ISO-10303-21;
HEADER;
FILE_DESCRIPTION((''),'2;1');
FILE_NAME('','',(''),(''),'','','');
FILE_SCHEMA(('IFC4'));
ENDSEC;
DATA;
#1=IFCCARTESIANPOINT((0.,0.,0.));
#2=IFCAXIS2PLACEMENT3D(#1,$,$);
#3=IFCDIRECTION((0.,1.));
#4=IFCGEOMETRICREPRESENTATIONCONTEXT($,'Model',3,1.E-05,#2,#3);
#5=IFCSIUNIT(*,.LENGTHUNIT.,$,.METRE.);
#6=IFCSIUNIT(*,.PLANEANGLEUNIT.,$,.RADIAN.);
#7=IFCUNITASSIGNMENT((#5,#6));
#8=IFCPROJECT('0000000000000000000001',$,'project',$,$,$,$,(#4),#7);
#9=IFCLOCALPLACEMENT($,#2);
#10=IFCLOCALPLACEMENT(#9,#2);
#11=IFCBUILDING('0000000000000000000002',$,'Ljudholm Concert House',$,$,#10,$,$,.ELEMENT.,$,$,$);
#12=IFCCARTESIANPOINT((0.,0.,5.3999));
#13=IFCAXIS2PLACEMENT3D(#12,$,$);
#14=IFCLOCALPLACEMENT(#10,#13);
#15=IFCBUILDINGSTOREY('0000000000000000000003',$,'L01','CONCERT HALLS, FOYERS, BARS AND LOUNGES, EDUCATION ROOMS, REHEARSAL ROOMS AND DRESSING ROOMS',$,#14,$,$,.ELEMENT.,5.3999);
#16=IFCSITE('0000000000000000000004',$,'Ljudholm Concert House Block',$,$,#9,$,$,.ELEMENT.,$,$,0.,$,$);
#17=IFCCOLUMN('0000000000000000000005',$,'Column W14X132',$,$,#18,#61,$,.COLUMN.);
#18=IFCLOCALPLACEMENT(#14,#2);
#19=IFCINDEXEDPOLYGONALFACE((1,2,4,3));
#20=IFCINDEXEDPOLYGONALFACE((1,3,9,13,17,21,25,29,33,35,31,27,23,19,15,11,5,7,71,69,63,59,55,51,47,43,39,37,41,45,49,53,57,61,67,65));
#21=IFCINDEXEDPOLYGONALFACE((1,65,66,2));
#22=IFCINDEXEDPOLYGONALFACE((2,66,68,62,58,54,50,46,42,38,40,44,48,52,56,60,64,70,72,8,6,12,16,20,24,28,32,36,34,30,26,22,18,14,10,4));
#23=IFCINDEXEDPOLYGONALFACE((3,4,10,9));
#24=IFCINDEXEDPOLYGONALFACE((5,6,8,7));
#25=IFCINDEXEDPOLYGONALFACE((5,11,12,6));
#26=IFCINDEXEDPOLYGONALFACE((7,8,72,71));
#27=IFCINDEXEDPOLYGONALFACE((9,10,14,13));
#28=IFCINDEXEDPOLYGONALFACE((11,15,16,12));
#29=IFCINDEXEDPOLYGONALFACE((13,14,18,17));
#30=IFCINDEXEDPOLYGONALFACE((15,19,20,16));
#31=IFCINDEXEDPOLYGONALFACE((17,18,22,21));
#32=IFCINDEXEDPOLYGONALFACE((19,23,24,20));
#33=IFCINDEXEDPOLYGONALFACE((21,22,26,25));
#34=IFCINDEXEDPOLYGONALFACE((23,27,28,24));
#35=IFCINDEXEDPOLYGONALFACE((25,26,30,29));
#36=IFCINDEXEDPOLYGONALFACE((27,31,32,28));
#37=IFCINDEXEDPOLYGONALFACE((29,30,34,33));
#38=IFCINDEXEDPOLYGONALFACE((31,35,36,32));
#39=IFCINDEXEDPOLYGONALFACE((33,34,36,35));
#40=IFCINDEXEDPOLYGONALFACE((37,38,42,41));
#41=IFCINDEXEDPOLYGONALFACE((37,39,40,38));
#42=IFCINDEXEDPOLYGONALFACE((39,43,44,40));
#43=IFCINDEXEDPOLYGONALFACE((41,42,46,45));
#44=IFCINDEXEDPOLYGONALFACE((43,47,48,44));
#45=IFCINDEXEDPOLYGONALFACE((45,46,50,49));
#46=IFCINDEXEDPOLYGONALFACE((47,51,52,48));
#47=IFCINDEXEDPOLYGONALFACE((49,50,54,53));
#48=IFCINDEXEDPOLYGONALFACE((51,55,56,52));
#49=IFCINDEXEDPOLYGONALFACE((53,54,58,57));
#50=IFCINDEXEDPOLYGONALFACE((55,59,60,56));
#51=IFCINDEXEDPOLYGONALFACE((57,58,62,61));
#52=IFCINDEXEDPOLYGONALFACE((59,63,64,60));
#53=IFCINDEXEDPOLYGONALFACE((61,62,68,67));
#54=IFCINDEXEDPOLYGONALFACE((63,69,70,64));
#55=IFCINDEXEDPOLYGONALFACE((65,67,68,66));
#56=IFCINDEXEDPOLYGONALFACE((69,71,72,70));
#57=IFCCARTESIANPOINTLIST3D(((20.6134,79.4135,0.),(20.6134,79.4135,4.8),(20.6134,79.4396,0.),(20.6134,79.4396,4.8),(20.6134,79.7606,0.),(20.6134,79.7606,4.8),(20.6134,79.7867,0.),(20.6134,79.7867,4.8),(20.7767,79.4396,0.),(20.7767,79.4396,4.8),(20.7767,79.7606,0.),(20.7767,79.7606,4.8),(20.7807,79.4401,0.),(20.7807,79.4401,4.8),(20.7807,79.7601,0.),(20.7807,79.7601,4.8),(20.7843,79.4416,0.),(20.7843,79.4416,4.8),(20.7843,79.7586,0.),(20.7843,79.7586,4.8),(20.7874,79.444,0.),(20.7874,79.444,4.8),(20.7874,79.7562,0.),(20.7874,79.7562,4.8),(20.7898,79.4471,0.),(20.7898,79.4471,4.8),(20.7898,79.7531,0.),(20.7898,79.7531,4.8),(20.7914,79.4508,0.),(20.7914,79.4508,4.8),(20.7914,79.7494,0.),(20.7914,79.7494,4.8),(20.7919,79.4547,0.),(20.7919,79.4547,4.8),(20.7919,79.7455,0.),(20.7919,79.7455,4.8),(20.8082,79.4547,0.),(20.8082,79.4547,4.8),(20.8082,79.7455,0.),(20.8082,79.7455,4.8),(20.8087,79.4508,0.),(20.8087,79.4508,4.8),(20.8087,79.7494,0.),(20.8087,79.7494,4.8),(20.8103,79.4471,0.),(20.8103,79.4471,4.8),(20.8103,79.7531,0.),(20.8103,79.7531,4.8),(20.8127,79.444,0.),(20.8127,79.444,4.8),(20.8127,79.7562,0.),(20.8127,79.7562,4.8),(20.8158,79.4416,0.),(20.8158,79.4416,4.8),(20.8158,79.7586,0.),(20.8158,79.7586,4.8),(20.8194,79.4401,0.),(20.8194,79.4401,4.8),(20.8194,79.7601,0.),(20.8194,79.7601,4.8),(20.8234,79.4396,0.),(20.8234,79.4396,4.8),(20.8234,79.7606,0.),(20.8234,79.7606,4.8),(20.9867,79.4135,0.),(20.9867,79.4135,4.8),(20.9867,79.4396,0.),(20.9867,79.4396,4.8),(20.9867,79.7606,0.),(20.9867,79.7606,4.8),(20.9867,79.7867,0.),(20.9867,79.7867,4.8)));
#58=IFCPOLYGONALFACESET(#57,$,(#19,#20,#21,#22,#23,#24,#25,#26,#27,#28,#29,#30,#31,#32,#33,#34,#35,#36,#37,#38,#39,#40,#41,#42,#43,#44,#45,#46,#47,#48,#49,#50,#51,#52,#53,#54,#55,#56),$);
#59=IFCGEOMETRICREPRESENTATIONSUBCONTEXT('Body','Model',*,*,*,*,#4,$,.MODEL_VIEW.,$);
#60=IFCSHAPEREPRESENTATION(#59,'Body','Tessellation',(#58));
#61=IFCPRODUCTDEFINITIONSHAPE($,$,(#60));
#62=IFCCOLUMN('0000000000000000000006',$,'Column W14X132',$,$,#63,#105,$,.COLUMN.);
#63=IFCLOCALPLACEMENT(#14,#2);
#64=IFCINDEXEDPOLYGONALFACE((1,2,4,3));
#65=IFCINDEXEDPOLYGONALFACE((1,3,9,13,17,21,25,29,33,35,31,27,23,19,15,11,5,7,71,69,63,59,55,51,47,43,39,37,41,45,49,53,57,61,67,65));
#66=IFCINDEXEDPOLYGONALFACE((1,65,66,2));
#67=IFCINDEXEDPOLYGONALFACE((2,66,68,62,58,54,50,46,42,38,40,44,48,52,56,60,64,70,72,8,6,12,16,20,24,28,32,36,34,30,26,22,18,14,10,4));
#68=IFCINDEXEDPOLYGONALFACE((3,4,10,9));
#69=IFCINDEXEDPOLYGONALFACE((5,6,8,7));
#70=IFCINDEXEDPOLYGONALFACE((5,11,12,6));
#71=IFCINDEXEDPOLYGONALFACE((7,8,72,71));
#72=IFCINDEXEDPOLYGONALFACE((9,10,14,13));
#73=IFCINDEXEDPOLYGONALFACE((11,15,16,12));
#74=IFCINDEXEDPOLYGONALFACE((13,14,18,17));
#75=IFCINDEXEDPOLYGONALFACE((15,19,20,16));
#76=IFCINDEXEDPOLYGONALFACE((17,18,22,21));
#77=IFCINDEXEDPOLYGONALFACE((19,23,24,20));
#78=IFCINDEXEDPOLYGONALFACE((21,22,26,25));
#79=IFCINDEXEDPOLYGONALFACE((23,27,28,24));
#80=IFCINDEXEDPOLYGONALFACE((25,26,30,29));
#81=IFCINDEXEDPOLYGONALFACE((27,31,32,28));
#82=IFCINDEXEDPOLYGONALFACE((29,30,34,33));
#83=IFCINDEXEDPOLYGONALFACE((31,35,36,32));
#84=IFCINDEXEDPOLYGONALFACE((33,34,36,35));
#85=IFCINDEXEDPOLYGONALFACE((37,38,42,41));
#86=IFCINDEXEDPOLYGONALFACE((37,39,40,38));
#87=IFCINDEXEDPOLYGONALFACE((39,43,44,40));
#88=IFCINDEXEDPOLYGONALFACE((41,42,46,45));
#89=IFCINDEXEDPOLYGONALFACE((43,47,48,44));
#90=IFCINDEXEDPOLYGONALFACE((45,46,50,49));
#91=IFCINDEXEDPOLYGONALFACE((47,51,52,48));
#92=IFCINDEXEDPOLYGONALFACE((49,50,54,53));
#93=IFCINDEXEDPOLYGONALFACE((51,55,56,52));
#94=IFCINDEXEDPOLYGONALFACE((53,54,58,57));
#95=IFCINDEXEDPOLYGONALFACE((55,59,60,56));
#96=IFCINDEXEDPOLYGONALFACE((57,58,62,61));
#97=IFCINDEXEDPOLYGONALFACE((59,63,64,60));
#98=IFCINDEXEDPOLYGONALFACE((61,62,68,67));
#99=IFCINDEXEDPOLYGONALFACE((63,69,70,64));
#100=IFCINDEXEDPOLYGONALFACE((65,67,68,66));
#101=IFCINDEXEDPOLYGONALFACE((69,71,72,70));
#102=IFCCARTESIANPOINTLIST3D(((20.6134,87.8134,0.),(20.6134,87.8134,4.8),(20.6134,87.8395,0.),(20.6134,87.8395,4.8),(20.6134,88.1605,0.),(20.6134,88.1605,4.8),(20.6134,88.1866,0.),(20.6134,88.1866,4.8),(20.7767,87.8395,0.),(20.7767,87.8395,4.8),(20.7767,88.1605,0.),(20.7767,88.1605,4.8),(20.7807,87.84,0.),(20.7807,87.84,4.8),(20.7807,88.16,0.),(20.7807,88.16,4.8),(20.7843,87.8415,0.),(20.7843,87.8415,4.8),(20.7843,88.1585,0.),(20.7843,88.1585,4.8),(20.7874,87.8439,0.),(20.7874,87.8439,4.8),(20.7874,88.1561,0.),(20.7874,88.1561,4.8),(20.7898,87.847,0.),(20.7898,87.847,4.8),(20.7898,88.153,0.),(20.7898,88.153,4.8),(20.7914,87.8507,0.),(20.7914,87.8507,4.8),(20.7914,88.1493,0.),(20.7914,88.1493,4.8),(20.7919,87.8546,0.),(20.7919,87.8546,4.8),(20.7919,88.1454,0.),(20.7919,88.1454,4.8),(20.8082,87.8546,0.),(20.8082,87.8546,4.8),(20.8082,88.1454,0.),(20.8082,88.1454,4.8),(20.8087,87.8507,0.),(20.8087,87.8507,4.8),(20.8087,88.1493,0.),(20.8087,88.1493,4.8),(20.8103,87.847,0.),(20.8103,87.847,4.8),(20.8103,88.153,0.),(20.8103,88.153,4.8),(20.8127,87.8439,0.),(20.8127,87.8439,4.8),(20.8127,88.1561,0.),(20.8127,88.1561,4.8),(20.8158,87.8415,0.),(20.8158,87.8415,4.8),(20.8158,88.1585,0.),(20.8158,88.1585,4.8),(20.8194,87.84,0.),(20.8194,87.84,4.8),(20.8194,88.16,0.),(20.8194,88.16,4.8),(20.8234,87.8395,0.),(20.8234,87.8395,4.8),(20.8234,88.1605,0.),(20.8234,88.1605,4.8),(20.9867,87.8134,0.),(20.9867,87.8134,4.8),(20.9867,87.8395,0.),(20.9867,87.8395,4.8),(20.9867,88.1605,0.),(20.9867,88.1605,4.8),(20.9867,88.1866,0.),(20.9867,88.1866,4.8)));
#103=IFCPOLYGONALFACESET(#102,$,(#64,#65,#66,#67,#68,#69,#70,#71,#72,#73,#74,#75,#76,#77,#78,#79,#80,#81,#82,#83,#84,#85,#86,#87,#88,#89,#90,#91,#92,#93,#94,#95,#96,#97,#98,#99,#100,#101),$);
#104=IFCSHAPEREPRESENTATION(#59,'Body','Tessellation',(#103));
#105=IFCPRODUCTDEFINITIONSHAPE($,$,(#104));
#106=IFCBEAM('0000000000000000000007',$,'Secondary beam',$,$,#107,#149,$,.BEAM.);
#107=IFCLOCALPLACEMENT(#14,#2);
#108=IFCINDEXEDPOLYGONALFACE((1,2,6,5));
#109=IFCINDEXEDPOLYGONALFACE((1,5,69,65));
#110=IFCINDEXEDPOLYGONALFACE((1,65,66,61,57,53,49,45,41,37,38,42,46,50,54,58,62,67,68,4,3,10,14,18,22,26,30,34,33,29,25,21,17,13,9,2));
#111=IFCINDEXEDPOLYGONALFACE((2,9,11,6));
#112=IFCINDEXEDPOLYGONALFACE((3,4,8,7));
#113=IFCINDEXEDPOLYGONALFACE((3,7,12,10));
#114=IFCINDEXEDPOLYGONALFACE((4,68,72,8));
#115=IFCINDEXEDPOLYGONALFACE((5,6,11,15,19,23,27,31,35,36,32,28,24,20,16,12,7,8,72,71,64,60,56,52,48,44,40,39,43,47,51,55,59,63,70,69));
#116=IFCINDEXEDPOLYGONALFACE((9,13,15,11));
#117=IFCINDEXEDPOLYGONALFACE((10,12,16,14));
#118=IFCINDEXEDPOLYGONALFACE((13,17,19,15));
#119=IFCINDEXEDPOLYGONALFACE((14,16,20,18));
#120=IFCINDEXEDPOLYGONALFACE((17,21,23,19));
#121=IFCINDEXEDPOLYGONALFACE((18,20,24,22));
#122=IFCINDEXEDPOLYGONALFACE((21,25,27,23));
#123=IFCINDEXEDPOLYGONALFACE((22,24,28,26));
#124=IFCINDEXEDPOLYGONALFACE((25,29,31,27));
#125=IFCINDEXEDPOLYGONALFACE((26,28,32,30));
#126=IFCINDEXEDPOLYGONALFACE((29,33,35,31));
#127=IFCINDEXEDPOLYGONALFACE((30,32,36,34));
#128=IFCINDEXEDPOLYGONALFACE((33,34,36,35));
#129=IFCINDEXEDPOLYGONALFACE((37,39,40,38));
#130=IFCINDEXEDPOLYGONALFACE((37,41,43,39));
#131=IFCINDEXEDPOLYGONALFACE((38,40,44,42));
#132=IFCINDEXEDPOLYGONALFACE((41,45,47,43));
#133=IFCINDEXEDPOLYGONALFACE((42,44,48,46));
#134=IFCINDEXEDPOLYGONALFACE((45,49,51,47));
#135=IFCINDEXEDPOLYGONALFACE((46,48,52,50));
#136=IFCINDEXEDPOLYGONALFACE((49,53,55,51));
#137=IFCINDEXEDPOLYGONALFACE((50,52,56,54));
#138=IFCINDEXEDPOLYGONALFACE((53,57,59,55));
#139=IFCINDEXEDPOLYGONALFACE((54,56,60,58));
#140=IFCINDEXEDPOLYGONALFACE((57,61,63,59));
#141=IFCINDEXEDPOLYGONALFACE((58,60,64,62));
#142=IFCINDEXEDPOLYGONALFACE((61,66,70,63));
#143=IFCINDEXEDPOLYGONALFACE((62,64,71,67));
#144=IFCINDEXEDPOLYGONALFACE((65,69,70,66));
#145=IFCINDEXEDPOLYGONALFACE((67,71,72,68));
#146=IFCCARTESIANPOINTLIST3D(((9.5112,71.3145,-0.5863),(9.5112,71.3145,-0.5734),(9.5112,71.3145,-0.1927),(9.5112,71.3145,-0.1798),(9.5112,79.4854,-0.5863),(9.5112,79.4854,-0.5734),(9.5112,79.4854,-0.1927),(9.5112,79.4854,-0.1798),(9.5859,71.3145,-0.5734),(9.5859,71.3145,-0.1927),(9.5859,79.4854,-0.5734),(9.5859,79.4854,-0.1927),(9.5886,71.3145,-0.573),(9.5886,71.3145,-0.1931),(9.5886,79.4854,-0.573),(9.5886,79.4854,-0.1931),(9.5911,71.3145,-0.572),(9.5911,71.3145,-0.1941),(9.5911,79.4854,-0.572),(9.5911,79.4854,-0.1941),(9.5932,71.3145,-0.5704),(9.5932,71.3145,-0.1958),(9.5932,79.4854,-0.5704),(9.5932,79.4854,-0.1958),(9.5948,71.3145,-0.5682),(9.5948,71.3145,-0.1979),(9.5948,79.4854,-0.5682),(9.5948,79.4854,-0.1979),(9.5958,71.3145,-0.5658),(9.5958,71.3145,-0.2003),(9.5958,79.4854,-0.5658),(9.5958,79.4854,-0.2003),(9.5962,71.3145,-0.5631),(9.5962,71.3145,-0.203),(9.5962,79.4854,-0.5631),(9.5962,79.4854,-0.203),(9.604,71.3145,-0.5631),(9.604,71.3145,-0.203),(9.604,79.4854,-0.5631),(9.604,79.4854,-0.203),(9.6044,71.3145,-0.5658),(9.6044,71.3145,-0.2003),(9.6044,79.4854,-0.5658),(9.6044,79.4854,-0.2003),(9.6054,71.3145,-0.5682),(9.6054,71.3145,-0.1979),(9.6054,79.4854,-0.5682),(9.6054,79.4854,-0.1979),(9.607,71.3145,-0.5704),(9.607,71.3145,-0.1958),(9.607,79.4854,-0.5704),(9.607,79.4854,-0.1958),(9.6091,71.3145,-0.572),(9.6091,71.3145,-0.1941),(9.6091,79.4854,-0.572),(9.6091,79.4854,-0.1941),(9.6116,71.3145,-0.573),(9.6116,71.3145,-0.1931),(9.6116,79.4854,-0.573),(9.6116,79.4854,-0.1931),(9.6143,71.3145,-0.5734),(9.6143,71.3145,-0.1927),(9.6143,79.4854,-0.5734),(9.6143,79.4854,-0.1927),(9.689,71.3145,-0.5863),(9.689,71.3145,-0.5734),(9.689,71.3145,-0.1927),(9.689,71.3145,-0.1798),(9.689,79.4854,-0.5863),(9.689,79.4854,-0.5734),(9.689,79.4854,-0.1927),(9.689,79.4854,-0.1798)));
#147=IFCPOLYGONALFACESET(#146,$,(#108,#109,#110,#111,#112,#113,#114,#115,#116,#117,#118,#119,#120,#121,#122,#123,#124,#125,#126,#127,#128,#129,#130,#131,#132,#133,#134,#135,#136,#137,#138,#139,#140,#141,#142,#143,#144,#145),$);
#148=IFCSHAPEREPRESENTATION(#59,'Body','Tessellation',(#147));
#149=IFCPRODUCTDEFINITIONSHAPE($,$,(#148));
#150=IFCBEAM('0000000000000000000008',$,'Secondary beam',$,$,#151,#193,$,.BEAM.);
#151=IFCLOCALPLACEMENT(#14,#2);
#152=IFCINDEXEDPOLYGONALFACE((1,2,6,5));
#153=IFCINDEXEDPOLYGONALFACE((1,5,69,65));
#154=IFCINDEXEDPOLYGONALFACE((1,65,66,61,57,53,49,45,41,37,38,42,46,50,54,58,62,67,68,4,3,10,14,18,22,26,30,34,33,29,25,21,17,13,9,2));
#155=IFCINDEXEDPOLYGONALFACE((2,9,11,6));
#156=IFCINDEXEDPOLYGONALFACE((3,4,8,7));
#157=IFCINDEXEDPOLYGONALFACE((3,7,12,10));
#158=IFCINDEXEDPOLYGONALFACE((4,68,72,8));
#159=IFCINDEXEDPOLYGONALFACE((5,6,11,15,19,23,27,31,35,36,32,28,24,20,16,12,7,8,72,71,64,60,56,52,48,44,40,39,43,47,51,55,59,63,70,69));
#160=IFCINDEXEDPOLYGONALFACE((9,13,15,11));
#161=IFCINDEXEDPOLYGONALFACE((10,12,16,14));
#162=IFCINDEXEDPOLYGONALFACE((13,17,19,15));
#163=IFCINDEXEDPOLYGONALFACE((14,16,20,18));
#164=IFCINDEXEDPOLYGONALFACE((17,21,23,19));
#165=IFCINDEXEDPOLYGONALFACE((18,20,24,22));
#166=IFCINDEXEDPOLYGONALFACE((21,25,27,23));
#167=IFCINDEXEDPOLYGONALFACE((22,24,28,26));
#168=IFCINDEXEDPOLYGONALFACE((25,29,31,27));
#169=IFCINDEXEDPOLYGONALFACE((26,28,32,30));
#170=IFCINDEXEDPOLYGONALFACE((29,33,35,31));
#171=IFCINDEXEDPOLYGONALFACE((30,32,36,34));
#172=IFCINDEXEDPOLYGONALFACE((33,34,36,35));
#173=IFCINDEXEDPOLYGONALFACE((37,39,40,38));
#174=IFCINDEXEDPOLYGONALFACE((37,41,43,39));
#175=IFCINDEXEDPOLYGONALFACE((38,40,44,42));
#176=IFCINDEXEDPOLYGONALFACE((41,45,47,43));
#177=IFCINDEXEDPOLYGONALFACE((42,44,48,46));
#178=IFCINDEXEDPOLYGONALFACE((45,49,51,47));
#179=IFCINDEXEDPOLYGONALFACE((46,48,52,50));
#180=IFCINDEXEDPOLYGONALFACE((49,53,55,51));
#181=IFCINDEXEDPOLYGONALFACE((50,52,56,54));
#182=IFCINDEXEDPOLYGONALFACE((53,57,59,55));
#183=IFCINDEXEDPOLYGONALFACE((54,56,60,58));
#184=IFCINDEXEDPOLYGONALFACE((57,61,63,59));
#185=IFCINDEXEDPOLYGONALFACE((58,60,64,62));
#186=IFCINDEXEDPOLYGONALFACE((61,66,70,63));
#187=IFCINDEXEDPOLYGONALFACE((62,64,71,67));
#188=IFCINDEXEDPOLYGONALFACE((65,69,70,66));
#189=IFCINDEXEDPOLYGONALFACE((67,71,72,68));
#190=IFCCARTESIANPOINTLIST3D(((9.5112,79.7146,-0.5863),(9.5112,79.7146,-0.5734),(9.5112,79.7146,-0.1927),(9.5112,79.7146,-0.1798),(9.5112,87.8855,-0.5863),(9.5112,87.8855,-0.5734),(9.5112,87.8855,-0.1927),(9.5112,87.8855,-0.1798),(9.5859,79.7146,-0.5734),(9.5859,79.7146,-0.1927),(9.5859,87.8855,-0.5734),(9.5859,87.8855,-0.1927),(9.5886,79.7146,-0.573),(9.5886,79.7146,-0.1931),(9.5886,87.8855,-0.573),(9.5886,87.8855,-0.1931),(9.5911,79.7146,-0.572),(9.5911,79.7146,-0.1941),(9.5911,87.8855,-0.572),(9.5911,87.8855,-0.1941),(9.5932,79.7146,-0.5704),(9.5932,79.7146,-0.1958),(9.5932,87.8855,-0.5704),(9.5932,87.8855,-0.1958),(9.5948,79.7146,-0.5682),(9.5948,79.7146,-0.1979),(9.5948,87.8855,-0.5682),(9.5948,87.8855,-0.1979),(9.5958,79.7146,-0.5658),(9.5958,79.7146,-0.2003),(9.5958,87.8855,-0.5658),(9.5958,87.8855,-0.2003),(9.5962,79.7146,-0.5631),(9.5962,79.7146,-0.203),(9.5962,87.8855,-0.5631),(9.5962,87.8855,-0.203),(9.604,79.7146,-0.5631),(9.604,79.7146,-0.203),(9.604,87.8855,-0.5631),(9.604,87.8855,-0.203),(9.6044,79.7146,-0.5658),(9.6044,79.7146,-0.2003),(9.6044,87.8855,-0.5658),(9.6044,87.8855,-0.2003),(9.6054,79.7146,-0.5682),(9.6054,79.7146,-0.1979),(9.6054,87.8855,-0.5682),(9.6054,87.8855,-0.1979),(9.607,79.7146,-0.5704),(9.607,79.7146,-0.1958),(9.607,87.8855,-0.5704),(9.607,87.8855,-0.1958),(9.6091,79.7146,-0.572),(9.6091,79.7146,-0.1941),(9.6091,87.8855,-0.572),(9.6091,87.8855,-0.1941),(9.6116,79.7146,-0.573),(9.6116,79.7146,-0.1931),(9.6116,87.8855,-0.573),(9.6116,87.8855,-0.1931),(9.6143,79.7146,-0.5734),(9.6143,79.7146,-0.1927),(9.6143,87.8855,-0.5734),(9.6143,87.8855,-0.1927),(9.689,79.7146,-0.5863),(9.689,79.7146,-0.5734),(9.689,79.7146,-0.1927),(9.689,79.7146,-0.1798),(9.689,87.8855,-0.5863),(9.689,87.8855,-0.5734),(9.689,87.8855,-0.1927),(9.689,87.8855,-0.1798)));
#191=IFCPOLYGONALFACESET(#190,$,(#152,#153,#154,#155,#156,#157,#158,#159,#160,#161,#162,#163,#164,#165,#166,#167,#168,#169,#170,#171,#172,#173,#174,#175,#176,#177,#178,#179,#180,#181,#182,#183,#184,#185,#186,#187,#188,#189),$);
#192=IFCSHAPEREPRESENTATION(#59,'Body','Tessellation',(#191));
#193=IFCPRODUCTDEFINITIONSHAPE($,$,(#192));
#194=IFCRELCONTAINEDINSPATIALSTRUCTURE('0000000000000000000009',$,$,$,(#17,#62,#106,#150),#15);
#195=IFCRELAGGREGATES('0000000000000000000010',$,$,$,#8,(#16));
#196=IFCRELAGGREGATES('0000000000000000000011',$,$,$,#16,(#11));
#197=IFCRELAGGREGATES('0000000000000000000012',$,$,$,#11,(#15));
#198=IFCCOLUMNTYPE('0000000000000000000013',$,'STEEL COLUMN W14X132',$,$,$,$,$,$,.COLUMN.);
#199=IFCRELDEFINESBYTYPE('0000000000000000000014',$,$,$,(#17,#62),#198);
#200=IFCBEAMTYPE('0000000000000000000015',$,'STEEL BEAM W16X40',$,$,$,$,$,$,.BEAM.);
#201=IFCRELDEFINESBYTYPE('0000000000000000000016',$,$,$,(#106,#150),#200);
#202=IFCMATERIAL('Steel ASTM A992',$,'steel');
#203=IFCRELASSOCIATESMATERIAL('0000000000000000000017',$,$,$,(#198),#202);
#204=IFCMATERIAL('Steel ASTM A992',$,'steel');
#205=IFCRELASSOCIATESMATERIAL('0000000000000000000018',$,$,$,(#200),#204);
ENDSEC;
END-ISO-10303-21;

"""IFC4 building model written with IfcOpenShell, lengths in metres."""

from ifc_helpers import new_model, si_unit, direction, frame, origin, origin_2d, place, context, subcontext, project, spatial, i_section, extrude, material, material_profile, profile_set, type_object, element, save


model = new_model("IFC4")

# Units and contexts
model_context = context("Model", 3, precision=1e-05, world=origin(), true_north=direction((0.0, 1.0)))
body_context = subcontext(model_context, "Body", "Model", "MODEL_VIEW")
ifc_project = project(units=[si_unit("LENGTHUNIT", "METRE"), si_unit("PLANEANGLEUNIT", "RADIAN")], contexts=[model_context])

# Site, building, storey
site_placement = place(None, origin())
site = spatial("IfcSite", under=ifc_project, at=site_placement, Name="Ljudholm Concert House Block", CompositionType="ELEMENT", RefElevation=0.0)
building_placement = place(site_placement, origin())
building = spatial("IfcBuilding", under=site, at=building_placement, Name="Ljudholm Concert House", CompositionType="ELEMENT")
storey_placement = place(building_placement, frame((0.0, 0.0, 5.3999)))
storey = spatial("IfcBuildingStorey", under=building, at=storey_placement, Name="L01", Description="CONCERT HALLS, FOYERS, BARS AND LOUNGES, EDUCATION ROOMS, REHEARSAL ROOMS AND DRESSING ROOMS", CompositionType="ELEMENT", Elevation=5.3999)

# Columns
ifc_material_1 = material(Name="Steel ASTM A992", Category="steel")
ifc_material_profile_1 = material_profile(ifc_material_1, i_section(OverallWidth=0.3733, OverallDepth=0.3733, WebThickness=0.0164, FlangeThickness=0.0261, FilletRadius=0.0151, at=origin_2d()), Name="W14X132")
ifc_profile_set_1 = profile_set([ifc_material_profile_1], Name="Steel ASTM A992")
column_type = type_object("IfcColumnType", Name="STEEL COLUMN W14X132", PredefinedType="COLUMN", material=ifc_profile_set_1)
for number, where, z_axis, x_axis, name in (
    (1, (20.8, 79.6001, 0.0), (0.0, 0.0, 1.0), (1.0, 0.0, 0.0), "Column W14X132"),
    (2, (20.8, 88.0, 0.0), (0.0, 0.0, 1.0), (1.0, 0.0, 0.0), "Column W14X132"),
):
    element("IfcColumn", number, at=place(storey_placement, frame(where, z_axis=z_axis, x_axis=x_axis)), inside=storey, type_object=column_type, Name=name, PredefinedType="COLUMN", context=body_context, shape_type="SweptSolid", body=[
        extrude(i_section(OverallWidth=0.3733, OverallDepth=0.3733, WebThickness=0.0164, FlangeThickness=0.0261, FilletRadius=0.0151, at=origin_2d()), origin(), (0.0, 0.0, 1.0), 4.8),
    ])

# Beams
ifc_material_2 = material(Name="Steel ASTM A992", Category="steel")
ifc_material_profile_2 = material_profile(ifc_material_2, i_section(OverallWidth=0.1777, OverallDepth=0.4065, WebThickness=0.0078, FlangeThickness=0.0129, FilletRadius=0.0103, at=origin_2d()), Name="W16X40")
ifc_profile_set_2 = profile_set([ifc_material_profile_2], Name="Steel ASTM A992")
beam_type_1 = type_object("IfcBeamType", Name="STEEL BEAM W16X40", PredefinedType="BEAM", material=ifc_profile_set_2)
for number, where, z_axis, x_axis, name in (
    (3, (9.6001, 71.3145, -0.3831), (0.0, 1.0, 0.0), (-1.0, 0.0, 0.0), "Secondary beam"),
    (4, (9.6001, 79.7146, -0.3831), (0.0, 1.0, 0.0), (-1.0, 0.0, 0.0), "Secondary beam"),
):
    element("IfcBeam", number, at=place(storey_placement, frame(where, z_axis=z_axis, x_axis=x_axis)), inside=storey, type_object=beam_type_1, Name=name, PredefinedType="BEAM", context=body_context, shape_type="SweptSolid", body=[
        extrude(i_section(OverallWidth=0.1777, OverallDepth=0.4065, WebThickness=0.0078, FlangeThickness=0.0129, FilletRadius=0.0103, at=origin_2d()), origin(), (0.0, 0.0, 1.0), 8.1709),
    ])

save(model, "model.ifc")
